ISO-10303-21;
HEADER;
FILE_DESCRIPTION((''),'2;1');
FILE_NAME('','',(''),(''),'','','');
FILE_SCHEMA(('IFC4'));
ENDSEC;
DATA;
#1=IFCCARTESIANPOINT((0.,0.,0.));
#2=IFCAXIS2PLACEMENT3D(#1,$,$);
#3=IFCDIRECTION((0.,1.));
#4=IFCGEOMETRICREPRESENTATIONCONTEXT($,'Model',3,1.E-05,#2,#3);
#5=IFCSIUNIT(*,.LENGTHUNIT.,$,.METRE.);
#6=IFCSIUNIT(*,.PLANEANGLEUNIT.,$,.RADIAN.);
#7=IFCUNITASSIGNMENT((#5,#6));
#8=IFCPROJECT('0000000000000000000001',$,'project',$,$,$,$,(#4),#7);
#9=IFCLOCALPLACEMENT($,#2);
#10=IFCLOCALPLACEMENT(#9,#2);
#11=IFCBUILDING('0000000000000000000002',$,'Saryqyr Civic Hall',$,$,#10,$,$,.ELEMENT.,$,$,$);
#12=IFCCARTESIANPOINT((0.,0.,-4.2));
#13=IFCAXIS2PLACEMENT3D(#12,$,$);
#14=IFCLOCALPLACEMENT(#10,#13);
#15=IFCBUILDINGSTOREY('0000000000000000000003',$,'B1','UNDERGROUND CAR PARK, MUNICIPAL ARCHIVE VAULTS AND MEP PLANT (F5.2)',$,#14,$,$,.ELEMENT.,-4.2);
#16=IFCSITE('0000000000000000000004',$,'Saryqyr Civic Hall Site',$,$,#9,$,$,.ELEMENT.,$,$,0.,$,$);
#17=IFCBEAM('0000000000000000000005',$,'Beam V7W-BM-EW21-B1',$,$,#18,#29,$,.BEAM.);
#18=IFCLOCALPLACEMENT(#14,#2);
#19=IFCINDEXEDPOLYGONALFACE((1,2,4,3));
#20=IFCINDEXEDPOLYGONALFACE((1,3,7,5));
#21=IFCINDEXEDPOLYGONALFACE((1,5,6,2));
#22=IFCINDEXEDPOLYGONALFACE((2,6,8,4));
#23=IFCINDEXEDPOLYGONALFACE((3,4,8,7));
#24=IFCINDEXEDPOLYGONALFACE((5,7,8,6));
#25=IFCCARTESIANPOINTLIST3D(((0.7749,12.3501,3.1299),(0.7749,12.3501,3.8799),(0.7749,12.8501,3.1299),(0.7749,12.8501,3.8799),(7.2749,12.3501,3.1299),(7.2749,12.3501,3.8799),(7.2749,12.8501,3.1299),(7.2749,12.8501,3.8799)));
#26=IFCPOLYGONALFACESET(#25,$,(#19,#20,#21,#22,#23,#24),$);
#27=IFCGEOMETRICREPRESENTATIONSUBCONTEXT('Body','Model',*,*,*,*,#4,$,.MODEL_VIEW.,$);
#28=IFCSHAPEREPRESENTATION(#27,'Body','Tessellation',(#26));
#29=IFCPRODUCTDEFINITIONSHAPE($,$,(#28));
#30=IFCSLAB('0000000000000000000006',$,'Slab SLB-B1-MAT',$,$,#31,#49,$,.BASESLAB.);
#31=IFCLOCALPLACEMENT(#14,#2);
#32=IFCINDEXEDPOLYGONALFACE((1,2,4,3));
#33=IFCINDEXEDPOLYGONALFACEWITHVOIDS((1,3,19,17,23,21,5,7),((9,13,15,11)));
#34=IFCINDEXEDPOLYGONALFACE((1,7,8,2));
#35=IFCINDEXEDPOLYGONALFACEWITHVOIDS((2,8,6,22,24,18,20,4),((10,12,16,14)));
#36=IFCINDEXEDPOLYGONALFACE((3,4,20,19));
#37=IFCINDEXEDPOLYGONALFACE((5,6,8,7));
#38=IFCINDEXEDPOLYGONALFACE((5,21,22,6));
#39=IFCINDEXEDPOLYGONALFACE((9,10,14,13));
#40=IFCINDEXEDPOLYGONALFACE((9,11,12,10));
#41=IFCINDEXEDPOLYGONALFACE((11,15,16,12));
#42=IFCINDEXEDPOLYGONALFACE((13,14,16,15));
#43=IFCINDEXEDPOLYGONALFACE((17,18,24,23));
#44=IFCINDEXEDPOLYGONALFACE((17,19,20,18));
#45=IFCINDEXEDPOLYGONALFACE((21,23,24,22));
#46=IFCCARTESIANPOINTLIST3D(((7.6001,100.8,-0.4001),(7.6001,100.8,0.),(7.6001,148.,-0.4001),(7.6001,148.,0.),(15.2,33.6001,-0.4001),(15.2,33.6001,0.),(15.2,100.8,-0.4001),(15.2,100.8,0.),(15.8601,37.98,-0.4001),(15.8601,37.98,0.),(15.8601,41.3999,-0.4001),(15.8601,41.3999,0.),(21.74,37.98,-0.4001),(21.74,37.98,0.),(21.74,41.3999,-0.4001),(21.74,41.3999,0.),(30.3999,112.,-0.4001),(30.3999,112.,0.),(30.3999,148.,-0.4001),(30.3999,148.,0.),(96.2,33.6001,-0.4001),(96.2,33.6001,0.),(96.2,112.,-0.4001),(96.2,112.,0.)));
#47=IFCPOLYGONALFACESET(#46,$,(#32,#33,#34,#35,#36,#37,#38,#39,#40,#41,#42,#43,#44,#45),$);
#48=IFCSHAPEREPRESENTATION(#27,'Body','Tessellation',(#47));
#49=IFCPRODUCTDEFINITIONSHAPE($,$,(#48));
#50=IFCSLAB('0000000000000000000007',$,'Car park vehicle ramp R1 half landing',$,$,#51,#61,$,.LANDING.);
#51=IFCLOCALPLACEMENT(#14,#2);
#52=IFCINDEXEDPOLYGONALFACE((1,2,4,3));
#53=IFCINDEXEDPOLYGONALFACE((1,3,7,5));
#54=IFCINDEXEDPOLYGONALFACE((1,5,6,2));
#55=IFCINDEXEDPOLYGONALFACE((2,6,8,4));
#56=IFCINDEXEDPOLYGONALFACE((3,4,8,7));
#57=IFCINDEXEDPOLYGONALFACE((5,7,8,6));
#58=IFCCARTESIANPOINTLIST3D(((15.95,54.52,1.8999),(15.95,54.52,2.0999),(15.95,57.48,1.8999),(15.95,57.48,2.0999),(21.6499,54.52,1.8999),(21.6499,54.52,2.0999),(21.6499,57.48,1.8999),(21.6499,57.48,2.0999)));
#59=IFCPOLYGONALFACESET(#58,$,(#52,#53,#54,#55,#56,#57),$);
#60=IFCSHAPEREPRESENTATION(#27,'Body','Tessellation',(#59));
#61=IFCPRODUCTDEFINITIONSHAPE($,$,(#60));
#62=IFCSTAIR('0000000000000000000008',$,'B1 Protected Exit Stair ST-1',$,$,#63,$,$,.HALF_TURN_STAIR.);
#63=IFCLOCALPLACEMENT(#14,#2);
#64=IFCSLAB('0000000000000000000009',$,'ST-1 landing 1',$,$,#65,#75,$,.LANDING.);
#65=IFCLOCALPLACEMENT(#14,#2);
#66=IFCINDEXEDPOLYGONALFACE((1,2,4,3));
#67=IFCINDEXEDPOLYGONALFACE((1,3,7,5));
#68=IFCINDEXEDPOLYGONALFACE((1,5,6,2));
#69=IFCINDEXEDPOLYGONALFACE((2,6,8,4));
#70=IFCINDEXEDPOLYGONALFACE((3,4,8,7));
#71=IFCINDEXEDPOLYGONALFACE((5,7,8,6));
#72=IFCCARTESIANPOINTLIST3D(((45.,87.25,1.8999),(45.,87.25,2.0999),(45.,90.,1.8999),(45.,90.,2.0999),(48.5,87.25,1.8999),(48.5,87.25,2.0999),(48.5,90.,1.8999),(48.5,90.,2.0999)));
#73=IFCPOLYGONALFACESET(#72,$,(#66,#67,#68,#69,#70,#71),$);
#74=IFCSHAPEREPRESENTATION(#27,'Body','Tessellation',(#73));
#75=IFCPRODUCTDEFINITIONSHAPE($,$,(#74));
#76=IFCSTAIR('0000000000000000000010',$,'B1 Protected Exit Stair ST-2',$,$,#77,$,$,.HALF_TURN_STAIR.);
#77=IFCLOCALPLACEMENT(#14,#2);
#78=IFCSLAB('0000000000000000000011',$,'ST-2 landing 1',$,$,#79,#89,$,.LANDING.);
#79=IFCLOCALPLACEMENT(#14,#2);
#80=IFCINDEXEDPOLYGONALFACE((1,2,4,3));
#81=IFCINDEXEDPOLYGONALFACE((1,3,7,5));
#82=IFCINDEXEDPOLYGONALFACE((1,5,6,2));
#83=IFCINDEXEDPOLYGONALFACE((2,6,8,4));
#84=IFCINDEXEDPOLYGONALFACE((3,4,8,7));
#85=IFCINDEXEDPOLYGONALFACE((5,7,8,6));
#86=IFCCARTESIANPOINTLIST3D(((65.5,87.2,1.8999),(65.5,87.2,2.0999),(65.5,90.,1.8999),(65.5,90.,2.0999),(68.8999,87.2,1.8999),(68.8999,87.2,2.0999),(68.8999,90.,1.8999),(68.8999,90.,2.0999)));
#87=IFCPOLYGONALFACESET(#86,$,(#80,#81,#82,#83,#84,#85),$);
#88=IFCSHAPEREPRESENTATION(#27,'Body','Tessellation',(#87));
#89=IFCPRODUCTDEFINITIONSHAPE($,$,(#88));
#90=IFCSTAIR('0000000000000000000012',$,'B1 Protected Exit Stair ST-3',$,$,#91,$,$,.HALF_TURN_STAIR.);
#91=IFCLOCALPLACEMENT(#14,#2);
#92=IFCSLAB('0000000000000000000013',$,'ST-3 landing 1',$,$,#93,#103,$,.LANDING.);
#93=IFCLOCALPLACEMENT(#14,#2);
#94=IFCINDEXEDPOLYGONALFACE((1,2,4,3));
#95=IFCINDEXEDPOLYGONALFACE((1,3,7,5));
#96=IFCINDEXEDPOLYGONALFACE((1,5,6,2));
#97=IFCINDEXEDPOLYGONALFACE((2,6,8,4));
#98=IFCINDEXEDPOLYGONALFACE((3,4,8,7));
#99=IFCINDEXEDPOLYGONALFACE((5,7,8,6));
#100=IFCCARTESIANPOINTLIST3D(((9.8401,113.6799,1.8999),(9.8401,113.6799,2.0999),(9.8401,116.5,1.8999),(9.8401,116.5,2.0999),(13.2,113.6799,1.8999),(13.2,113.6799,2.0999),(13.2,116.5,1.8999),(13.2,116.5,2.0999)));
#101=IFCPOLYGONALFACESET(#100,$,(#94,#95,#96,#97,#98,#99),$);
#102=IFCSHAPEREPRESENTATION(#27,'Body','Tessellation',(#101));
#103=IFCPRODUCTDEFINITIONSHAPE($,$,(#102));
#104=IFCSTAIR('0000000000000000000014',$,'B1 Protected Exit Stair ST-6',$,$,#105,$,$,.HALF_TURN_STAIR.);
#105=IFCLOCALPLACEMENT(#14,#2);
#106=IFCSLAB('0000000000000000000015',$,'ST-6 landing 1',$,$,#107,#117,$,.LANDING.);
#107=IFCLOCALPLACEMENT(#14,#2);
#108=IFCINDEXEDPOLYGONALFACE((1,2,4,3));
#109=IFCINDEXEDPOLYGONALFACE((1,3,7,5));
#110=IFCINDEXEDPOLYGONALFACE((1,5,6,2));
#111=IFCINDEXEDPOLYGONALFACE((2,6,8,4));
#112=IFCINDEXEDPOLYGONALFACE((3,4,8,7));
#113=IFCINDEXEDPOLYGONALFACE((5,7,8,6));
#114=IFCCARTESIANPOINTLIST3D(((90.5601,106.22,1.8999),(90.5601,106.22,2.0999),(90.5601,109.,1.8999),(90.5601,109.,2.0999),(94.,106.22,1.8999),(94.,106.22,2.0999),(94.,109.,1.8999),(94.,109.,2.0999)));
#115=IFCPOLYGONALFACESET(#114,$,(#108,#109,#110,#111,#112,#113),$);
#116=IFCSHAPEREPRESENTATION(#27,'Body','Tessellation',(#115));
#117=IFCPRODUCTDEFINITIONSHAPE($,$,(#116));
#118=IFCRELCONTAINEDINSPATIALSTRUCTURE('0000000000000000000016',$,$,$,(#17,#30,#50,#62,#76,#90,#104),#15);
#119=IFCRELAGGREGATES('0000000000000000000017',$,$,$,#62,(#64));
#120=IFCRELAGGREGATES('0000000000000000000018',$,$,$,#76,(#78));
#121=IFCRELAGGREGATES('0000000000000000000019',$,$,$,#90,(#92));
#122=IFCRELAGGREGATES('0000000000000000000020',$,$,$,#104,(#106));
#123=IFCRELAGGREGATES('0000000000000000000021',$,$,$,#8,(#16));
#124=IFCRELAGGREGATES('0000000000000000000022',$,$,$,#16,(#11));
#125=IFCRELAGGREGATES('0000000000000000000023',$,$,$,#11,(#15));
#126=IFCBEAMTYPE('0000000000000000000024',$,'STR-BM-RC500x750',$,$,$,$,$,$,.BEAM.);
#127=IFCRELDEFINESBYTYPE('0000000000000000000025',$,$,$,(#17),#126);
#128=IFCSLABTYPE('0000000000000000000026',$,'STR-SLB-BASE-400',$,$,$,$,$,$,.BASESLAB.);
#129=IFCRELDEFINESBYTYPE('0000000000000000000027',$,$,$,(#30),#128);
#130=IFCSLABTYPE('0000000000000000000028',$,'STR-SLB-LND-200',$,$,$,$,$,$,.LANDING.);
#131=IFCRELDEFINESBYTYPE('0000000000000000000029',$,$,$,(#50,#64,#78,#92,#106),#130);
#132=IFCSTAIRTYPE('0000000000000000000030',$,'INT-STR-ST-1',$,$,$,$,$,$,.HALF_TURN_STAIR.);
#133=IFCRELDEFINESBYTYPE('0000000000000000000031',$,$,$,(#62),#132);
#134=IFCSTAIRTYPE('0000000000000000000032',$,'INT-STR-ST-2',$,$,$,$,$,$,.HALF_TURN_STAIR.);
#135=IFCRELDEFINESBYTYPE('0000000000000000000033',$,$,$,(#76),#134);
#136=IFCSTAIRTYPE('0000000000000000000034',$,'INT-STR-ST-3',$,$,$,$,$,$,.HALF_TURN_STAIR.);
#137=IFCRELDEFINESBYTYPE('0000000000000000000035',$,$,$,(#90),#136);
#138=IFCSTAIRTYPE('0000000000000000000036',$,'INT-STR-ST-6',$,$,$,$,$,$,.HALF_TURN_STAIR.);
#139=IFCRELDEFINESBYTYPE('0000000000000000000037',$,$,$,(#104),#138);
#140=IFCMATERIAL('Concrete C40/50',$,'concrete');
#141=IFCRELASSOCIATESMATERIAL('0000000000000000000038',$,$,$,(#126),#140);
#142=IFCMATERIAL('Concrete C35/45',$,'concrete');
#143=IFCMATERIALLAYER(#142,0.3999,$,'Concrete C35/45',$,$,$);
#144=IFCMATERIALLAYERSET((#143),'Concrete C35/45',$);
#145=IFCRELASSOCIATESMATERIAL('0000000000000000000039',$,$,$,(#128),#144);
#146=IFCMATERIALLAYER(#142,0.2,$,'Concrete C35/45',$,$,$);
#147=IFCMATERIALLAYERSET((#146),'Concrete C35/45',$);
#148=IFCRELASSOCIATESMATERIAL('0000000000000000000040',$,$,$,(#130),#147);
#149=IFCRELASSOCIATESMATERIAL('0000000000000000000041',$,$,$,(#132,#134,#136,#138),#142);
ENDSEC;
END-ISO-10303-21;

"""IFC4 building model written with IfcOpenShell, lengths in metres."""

from ifc_helpers import new_model, si_unit, direction, frame, origin, origin_2d, place, context, subcontext, project, spatial, polyline, rectangle, outline, extrude, material, layer, layer_set, material_profile, profile_set, type_object, element, aggregate, save


model = new_model("IFC4")

# Units and contexts
model_context = context("Model", 3, precision=1e-05, world=origin(), true_north=direction((0.0, 1.0)))
body_context = subcontext(model_context, "Body", "Model", "MODEL_VIEW")
ifc_project = project(units=[si_unit("LENGTHUNIT", "METRE"), si_unit("PLANEANGLEUNIT", "RADIAN")], contexts=[model_context])

# Site, building, storey
site_placement = place(None, origin())
site = spatial("IfcSite", under=ifc_project, at=site_placement, Name="Saryqyr Civic Hall Site", CompositionType="ELEMENT", RefElevation=0.0)
building_placement = place(site_placement, origin())
building = spatial("IfcBuilding", under=site, at=building_placement, Name="Saryqyr Civic Hall", CompositionType="ELEMENT")
storey_placement = place(building_placement, frame((0.0, 0.0, -4.2)))
storey = spatial("IfcBuildingStorey", under=building, at=storey_placement, Name="B1", Description="UNDERGROUND CAR PARK, MUNICIPAL ARCHIVE VAULTS AND MEP PLANT (F5.2)", CompositionType="ELEMENT", Elevation=-4.2)

# Shared definitions
ifc_material_1 = material(Name="Concrete C35/45", Category="concrete")

# Shared definitions
ifc_material_2 = material(Name="Concrete C40/50", Category="concrete")

# Beam
ifc_material_profile_1 = material_profile(ifc_material_2, rectangle(XDim=0.5, YDim=0.75, at=origin_2d()), Name="RC 500x750")
ifc_profile_set_1 = profile_set([ifc_material_profile_1], Name="Concrete C40/50")
beam_type_1 = type_object("IfcBeamType", Name="STR-BM-RC500x750", PredefinedType="BEAM", material=ifc_profile_set_1)
for number, where, z_axis, x_axis, name in (
    (1, (0.7749, 12.6001, 3.5049), (1.0, 0.0, 0.0), (0.0, 1.0, 0.0), "Beam V7W-BM-EW21-B1"),
):
    element("IfcBeam", number, at=place(storey_placement, frame(where, z_axis=z_axis, x_axis=x_axis)), inside=storey, type_object=beam_type_1, Name=name, PredefinedType="BEAM", context=body_context, shape_type="SweptSolid", body=[
        extrude(rectangle(XDim=0.5, YDim=0.75, at=origin_2d()), origin(), (0.0, 0.0, 1.0), 6.5),
    ])

# Slabs
ifc_layer_1 = layer(ifc_material_1, 0.3999, Name="Concrete C35/45")
ifc_layer_set_1 = layer_set([ifc_layer_1], Name="Concrete C35/45")
slab_type_1 = type_object("IfcSlabType", Name="STR-SLB-BASE-400", PredefinedType="BASESLAB", material=ifc_layer_set_1)
slab_1_placement = place(storey_placement, frame((0.0, 0.0, -0.4001)))
element("IfcSlab", 2, at=slab_1_placement, inside=storey, type_object=slab_type_1, Name="Slab SLB-B1-MAT", PredefinedType="BASESLAB", context=body_context, shape_type="SweptSolid", body=[
    extrude(outline(polyline([(15.2, 100.8), (7.6001, 100.8), (7.6001, 148.0), (30.3999, 148.0), (30.3999, 112.0), (96.2, 112.0), (96.2, 33.6001), (15.2, 33.6001), (15.2, 100.8)]), holes=[polyline([(21.74, 41.3999), (15.8601, 41.3999), (15.8601, 37.98), (21.74, 37.98), (21.74, 41.3999)])]), origin(), (0.0, 0.0, 1.0), 0.4001),
])
ifc_layer_2 = layer(ifc_material_1, 0.2, Name="Concrete C35/45")
ifc_layer_set_2 = layer_set([ifc_layer_2], Name="Concrete C35/45")
slab_type_2 = type_object("IfcSlabType", Name="STR-SLB-LND-200", PredefinedType="LANDING", material=ifc_layer_set_2)
slab_2_placement = place(storey_placement, frame((0.0, 0.0, 1.8999)))
element("IfcSlab", 3, at=slab_2_placement, inside=storey, type_object=slab_type_2, Name="Car park vehicle ramp R1 half landing", PredefinedType="LANDING", context=body_context, shape_type="SweptSolid", body=[
    extrude(outline(polyline([(15.95, 54.52), (21.6499, 54.52), (21.6499, 57.48), (15.95, 57.48), (15.95, 54.52)])), origin(), (0.0, 0.0, 1.0), 0.2),
])

# Stairs, slabs
stair_type_1 = type_object("IfcStairType", Name="INT-STR-ST-1", PredefinedType="HALF_TURN_STAIR", material=ifc_material_1)
stair_1_placement = place(storey_placement, origin())
stair_1 = element("IfcStair", 4, at=stair_1_placement, inside=storey, type_object=stair_type_1, Name="B1 Protected Exit Stair ST-1", PredefinedType="HALF_TURN_STAIR")
slab_3_placement = place(storey_placement, frame((0.0, 0.0, 1.8999)))
slab_3 = element("IfcSlab", 5, at=slab_3_placement, type_object=slab_type_2, Name="ST-1 landing 1", PredefinedType="LANDING", context=body_context, shape_type="SweptSolid", body=[
    extrude(outline(polyline([(48.5, 87.25), (48.5, 90.0), (45.0, 90.0), (45.0, 87.25), (48.5, 87.25)])), origin(), (0.0, 0.0, 1.0), 0.2),
])
aggregate(stair_1, [slab_3])
stair_type_2 = type_object("IfcStairType", Name="INT-STR-ST-2", PredefinedType="HALF_TURN_STAIR", material=ifc_material_1)
stair_2_placement = place(storey_placement, origin())
stair_2 = element("IfcStair", 6, at=stair_2_placement, inside=storey, type_object=stair_type_2, Name="B1 Protected Exit Stair ST-2", PredefinedType="HALF_TURN_STAIR")
slab_4_placement = place(storey_placement, frame((0.0, 0.0, 1.8999)))
slab_4 = element("IfcSlab", 7, at=slab_4_placement, type_object=slab_type_2, Name="ST-2 landing 1", PredefinedType="LANDING", context=body_context, shape_type="SweptSolid", body=[
    extrude(outline(polyline([(68.8999, 87.2), (68.8999, 90.0), (65.5, 90.0), (65.5, 87.2), (68.8999, 87.2)])), origin(), (0.0, 0.0, 1.0), 0.2),
])
aggregate(stair_2, [slab_4])
stair_type_3 = type_object("IfcStairType", Name="INT-STR-ST-3", PredefinedType="HALF_TURN_STAIR", material=ifc_material_1)
stair_3_placement = place(storey_placement, origin())
stair_3 = element("IfcStair", 8, at=stair_3_placement, inside=storey, type_object=stair_type_3, Name="B1 Protected Exit Stair ST-3", PredefinedType="HALF_TURN_STAIR")
slab_5_placement = place(storey_placement, frame((0.0, 0.0, 1.8999)))
slab_5 = element("IfcSlab", 9, at=slab_5_placement, type_object=slab_type_2, Name="ST-3 landing 1", PredefinedType="LANDING", context=body_context, shape_type="SweptSolid", body=[
    extrude(outline(polyline([(13.2, 113.6799), (13.2, 116.5), (9.8401, 116.5), (9.8401, 113.6799), (13.2, 113.6799)])), origin(), (0.0, 0.0, 1.0), 0.2),
])
aggregate(stair_3, [slab_5])
stair_type_4 = type_object("IfcStairType", Name="INT-STR-ST-6", PredefinedType="HALF_TURN_STAIR", material=ifc_material_1)
stair_4_placement = place(storey_placement, origin())
stair_4 = element("IfcStair", 10, at=stair_4_placement, inside=storey, type_object=stair_type_4, Name="B1 Protected Exit Stair ST-6", PredefinedType="HALF_TURN_STAIR")
slab_6_placement = place(storey_placement, frame((0.0, 0.0, 1.8999)))
slab_6 = element("IfcSlab", 11, at=slab_6_placement, type_object=slab_type_2, Name="ST-6 landing 1", PredefinedType="LANDING", context=body_context, shape_type="SweptSolid", body=[
    extrude(outline(polyline([(94.0, 106.22), (94.0, 109.0), (90.5601, 109.0), (90.5601, 106.22), (94.0, 106.22)])), origin(), (0.0, 0.0, 1.0), 0.2),
])
aggregate(stair_4, [slab_6])

save(model, "model.ifc")
